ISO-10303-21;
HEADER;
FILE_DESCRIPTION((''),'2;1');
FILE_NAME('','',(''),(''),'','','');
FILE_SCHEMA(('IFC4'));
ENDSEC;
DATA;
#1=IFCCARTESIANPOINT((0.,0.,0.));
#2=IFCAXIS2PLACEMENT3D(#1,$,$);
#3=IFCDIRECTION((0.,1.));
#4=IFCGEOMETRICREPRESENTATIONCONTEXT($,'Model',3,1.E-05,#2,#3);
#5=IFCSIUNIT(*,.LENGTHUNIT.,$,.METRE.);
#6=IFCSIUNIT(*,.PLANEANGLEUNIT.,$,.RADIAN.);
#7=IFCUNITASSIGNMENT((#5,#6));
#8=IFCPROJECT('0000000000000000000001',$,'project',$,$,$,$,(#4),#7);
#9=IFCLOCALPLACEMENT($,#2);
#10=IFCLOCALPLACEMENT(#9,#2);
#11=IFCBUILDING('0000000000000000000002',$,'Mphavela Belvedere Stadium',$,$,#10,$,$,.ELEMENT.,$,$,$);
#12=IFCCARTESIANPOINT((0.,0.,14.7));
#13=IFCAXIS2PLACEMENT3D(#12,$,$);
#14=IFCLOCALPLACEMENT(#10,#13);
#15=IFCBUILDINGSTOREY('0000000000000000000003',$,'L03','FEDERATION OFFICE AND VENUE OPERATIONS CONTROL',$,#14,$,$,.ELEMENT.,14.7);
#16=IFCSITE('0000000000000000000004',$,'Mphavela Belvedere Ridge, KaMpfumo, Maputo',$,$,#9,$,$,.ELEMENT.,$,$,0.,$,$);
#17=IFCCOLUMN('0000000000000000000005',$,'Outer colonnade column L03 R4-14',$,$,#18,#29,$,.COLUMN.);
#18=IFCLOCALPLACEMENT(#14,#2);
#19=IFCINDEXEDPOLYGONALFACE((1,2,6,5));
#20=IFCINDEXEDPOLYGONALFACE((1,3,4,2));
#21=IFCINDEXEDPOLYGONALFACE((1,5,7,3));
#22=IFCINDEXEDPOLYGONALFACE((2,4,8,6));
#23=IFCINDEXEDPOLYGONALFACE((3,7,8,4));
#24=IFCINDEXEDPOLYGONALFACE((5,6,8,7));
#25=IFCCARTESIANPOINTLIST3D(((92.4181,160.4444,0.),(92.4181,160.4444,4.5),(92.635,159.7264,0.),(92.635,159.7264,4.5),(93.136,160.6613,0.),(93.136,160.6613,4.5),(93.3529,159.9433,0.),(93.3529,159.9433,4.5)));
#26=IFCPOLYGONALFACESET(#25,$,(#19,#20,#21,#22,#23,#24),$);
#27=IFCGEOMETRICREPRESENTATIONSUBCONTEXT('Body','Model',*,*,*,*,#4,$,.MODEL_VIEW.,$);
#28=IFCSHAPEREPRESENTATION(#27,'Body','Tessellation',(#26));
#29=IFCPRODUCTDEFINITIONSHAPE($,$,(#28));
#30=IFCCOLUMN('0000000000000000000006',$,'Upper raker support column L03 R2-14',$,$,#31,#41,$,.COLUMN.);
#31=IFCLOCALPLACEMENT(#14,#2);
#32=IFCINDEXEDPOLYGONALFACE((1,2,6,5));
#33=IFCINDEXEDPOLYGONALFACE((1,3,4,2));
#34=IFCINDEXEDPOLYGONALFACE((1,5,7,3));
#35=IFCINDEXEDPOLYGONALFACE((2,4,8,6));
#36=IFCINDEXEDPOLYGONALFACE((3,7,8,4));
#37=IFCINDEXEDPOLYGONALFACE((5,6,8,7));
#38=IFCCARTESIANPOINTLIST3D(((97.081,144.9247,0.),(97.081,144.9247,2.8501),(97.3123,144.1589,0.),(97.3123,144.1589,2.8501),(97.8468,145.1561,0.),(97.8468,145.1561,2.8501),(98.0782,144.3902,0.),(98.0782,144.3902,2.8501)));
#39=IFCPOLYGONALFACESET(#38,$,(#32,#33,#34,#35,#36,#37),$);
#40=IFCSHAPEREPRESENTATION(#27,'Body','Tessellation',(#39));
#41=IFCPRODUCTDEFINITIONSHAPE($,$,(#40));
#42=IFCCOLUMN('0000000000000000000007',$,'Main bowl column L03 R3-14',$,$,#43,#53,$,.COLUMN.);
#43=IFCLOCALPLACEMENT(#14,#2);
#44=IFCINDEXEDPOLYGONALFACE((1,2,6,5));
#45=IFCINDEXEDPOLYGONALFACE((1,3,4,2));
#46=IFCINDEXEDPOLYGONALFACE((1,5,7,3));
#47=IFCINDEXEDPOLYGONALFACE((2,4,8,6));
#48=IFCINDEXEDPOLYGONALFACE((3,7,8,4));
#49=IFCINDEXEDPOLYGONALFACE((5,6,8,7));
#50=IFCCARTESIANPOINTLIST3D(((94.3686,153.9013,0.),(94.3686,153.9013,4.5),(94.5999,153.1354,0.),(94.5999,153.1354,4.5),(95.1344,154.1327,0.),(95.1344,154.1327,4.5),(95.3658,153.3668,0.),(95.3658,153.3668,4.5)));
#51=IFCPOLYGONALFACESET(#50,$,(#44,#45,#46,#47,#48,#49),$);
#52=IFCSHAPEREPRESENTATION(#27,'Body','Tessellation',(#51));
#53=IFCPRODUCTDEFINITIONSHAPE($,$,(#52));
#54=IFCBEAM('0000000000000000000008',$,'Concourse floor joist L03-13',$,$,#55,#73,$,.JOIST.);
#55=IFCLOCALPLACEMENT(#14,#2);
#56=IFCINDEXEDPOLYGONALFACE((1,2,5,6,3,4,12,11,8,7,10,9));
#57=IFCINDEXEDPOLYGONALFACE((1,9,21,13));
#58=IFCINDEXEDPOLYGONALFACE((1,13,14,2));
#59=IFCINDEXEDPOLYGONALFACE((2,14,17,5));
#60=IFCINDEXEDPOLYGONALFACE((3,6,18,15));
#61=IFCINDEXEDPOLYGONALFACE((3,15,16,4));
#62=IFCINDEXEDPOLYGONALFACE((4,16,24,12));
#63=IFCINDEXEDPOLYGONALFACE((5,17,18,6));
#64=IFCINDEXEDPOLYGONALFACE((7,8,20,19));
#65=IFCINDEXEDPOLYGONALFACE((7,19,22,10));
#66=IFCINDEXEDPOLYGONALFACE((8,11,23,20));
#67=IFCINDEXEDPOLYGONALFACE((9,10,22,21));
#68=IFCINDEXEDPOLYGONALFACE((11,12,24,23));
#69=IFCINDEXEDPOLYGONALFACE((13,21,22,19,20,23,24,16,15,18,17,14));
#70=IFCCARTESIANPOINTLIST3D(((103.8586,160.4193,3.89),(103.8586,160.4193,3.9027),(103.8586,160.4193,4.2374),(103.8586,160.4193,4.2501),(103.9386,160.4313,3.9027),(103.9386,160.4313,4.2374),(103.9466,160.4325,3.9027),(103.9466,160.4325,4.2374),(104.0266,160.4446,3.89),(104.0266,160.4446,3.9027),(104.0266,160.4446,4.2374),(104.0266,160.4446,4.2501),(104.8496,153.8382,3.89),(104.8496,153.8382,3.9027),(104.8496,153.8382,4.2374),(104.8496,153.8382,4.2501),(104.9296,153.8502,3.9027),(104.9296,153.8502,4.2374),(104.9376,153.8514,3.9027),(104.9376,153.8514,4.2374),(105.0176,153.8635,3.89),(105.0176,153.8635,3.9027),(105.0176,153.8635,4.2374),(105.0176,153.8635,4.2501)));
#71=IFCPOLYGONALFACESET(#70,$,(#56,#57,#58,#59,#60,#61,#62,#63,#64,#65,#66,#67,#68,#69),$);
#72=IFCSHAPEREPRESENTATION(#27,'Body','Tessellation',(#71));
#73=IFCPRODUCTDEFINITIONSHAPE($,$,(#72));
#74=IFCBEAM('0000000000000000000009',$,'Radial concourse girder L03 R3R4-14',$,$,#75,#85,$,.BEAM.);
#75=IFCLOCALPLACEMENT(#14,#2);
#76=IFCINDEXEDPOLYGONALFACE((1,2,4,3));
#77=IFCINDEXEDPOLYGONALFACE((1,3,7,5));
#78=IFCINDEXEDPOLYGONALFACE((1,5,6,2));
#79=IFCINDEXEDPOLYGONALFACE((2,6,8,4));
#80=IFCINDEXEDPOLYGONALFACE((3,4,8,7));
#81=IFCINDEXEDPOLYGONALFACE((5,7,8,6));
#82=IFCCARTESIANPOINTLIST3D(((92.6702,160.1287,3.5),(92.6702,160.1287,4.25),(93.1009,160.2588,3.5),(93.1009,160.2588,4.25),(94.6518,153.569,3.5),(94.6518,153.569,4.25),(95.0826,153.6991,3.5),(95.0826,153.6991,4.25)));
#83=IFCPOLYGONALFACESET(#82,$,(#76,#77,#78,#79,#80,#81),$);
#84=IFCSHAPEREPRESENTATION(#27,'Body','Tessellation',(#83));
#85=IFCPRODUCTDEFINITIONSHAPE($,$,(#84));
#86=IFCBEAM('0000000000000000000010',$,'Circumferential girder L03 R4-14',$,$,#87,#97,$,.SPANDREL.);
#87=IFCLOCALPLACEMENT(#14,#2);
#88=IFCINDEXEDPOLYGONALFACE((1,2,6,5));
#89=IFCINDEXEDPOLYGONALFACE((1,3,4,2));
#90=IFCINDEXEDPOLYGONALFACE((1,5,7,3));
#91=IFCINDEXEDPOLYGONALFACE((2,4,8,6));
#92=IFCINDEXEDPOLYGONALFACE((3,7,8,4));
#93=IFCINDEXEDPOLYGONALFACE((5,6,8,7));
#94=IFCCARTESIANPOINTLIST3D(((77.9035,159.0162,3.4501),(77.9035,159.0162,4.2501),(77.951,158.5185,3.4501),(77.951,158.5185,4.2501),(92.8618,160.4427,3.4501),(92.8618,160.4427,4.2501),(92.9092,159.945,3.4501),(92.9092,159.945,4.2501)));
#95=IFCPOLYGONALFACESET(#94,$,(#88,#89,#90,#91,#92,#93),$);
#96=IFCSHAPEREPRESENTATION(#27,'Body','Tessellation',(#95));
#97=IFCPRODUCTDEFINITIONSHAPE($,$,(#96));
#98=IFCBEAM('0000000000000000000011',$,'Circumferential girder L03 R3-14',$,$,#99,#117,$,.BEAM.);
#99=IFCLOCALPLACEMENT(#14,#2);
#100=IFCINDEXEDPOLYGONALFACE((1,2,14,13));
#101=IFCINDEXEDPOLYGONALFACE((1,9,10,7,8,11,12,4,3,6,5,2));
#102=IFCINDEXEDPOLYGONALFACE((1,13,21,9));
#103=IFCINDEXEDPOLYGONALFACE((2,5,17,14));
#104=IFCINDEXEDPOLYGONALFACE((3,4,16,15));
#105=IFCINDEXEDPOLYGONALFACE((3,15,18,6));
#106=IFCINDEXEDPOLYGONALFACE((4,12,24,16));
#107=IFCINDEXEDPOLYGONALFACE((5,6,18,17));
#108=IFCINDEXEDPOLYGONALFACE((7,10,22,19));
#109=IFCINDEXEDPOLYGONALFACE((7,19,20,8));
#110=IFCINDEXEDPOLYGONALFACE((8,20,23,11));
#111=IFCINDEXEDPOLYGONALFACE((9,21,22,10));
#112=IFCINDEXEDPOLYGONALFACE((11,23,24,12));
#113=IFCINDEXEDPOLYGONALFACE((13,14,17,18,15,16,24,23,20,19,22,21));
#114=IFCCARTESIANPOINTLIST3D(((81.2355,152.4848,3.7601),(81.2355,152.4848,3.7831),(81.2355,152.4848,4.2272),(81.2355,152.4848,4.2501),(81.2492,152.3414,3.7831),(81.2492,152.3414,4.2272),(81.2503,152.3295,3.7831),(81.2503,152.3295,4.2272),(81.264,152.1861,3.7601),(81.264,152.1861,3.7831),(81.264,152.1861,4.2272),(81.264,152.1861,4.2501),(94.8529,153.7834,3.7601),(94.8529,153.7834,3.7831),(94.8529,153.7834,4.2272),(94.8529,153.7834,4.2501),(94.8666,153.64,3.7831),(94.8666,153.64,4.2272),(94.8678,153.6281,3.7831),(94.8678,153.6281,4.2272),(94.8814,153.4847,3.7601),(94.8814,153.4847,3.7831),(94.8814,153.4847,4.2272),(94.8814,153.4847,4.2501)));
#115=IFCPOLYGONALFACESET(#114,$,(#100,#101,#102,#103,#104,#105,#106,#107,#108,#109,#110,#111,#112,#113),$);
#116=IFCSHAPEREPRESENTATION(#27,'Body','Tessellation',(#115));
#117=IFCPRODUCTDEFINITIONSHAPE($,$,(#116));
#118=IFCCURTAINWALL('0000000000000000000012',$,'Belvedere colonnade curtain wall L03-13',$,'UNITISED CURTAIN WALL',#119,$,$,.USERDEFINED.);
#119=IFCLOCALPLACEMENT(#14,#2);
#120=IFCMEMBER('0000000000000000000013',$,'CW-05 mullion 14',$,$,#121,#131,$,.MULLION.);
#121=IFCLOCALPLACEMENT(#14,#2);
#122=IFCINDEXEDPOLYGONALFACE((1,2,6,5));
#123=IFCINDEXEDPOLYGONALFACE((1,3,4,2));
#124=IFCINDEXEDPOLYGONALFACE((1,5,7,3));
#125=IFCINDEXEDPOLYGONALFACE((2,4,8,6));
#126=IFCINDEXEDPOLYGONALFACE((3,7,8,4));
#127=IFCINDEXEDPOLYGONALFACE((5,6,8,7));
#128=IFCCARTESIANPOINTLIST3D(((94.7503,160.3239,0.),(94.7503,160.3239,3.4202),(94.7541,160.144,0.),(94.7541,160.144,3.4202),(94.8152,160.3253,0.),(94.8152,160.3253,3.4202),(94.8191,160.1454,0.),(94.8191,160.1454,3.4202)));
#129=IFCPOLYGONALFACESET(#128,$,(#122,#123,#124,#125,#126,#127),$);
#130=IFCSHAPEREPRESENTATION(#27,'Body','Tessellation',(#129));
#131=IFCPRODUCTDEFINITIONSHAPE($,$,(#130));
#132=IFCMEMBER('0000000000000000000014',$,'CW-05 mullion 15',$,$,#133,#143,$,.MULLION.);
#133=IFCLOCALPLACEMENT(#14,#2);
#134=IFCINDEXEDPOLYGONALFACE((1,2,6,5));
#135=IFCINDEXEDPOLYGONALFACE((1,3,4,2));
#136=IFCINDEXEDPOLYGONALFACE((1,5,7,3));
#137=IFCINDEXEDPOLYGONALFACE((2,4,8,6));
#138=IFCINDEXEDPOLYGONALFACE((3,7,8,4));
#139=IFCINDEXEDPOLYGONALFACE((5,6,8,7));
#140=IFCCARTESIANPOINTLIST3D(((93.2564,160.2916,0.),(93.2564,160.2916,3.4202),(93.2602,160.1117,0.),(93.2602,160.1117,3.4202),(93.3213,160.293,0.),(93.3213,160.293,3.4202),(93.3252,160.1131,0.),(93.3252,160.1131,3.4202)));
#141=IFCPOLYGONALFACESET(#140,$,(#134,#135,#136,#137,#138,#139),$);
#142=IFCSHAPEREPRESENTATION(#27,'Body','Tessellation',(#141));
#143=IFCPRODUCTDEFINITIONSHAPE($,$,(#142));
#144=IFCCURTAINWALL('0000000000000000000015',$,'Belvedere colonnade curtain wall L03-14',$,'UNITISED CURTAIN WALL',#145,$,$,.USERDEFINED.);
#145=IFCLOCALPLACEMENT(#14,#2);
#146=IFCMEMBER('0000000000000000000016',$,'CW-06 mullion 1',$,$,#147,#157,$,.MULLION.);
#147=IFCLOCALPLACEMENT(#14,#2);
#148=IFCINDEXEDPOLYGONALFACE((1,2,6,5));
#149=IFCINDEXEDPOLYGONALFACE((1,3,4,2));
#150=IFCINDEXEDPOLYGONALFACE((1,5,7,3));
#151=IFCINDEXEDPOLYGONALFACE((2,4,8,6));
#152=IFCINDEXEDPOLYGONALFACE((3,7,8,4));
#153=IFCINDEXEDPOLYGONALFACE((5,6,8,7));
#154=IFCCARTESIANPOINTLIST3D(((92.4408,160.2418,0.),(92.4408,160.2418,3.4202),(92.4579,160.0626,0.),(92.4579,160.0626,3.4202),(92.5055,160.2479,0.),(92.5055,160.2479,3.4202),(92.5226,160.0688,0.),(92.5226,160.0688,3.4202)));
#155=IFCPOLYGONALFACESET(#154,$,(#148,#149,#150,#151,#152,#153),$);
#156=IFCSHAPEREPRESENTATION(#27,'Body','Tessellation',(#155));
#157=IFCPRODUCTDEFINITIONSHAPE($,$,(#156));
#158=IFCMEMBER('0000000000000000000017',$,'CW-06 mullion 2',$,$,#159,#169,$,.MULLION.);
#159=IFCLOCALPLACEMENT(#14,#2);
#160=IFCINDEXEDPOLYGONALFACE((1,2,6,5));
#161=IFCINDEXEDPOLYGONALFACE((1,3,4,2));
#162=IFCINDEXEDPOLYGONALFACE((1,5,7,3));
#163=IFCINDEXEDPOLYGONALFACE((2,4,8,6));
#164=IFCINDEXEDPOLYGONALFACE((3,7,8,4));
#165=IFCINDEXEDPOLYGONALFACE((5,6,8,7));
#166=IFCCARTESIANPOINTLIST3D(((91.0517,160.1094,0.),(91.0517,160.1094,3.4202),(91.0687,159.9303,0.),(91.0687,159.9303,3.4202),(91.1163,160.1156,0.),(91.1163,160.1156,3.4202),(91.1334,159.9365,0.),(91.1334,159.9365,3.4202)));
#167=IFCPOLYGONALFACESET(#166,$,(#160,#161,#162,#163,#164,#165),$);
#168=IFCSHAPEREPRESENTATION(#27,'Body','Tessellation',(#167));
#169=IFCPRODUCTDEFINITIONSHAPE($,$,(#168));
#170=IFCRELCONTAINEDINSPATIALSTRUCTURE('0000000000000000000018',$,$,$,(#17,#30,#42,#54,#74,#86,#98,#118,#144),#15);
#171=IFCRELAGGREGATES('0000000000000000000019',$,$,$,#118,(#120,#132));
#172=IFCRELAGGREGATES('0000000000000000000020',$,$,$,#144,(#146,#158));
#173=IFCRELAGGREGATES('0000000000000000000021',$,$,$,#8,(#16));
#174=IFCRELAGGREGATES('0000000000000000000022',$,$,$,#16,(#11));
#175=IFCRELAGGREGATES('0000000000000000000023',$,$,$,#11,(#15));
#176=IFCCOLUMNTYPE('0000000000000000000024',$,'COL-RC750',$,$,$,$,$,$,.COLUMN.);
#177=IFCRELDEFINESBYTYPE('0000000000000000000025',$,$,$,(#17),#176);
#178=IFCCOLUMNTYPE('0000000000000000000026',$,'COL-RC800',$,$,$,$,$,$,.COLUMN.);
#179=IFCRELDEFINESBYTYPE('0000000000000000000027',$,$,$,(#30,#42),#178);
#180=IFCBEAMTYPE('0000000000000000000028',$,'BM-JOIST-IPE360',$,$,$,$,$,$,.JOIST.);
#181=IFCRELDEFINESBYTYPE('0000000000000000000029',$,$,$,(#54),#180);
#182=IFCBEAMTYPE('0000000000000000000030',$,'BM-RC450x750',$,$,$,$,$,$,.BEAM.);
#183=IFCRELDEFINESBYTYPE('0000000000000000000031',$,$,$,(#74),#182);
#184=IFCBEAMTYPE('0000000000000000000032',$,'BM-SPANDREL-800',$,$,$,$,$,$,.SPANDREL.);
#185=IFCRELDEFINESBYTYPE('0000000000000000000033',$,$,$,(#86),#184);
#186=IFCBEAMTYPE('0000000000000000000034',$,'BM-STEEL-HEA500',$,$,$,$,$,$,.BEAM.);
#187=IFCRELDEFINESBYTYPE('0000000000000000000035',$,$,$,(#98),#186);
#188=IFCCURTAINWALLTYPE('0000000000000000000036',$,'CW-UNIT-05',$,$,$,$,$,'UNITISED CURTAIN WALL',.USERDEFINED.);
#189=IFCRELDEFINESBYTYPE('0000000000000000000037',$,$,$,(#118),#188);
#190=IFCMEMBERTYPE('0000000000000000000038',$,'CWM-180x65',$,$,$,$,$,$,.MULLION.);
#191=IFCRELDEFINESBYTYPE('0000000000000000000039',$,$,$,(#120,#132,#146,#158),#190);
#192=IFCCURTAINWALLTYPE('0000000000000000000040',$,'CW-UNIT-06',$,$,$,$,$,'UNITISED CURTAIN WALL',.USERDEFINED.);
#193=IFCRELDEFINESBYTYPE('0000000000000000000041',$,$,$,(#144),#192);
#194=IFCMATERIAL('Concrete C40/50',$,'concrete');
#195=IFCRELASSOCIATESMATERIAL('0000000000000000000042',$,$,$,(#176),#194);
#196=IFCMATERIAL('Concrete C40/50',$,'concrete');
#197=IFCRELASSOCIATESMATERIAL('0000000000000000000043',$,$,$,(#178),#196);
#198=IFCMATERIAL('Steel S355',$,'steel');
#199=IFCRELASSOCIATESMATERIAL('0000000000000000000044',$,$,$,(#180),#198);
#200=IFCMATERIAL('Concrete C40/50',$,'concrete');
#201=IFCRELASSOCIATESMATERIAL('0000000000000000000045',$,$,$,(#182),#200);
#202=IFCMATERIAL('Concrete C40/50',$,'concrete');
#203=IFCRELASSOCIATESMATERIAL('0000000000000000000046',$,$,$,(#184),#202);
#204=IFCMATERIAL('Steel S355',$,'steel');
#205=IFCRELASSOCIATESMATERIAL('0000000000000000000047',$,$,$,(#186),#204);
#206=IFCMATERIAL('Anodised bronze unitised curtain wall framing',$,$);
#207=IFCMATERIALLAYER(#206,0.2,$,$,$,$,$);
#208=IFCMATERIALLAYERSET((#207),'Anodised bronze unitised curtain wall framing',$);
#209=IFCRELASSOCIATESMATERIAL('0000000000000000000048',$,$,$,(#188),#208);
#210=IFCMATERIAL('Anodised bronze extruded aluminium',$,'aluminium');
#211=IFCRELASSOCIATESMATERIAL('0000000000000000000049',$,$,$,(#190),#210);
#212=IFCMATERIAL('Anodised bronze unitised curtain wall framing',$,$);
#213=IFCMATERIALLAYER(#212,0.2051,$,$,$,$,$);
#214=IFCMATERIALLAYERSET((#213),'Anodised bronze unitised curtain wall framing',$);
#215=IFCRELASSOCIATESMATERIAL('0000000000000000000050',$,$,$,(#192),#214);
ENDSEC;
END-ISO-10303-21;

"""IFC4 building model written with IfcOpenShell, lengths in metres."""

from ifc_helpers import new_model, si_unit, direction, frame, origin, origin_2d, place, context, subcontext, project, spatial, rectangle, i_section, extrude, material, layer, layer_set, material_profile, profile_set, type_object, element, aggregate, save


model = new_model("IFC4")

# Units and contexts
model_context = context("Model", 3, precision=1e-05, world=origin(), true_north=direction((0.0, 1.0)))
body_context = subcontext(model_context, "Body", "Model", "MODEL_VIEW")
ifc_project = project(units=[si_unit("LENGTHUNIT", "METRE"), si_unit("PLANEANGLEUNIT", "RADIAN")], contexts=[model_context])

# Site, building, storey
site_placement = place(None, origin())
site = spatial("IfcSite", under=ifc_project, at=site_placement, Name="Mphavela Belvedere Ridge, KaMpfumo, Maputo", CompositionType="ELEMENT", RefElevation=0.0)
building_placement = place(site_placement, origin())
building = spatial("IfcBuilding", under=site, at=building_placement, Name="Mphavela Belvedere Stadium", CompositionType="ELEMENT")
storey_placement = place(building_placement, frame((0.0, 0.0, 14.7)))
storey = spatial("IfcBuildingStorey", under=building, at=storey_placement, Name="L03", Description="FEDERATION OFFICE AND VENUE OPERATIONS CONTROL", CompositionType="ELEMENT", Elevation=14.7)

# Columns
ifc_material_1 = material(Name="Concrete C40/50", Category="concrete")
ifc_material_profile_1 = material_profile(ifc_material_1, rectangle(XDim=0.75, YDim=0.75, at=origin_2d()), Name="RC 750x750")
ifc_profile_set_1 = profile_set([ifc_material_profile_1], Name="Concrete C40/50")
column_type_1 = type_object("IfcColumnType", Name="COL-RC750", PredefinedType="COLUMN", material=ifc_profile_set_1)
column_1_placement = place(storey_placement, frame((92.8855, 160.1938, 0.0), z_axis=(0.0, 0.0, 1.0), x_axis=(-0.289199, 0.957269, 0.0)))
element("IfcColumn", 1, at=column_1_placement, inside=storey, type_object=column_type_1, Name="Outer colonnade column L03 R4-14", PredefinedType="COLUMN", context=body_context, shape_type="SweptSolid", body=[
    extrude(rectangle(XDim=0.75, YDim=0.75, at=origin_2d()), origin(), (0.0, 0.0, 1.0), 4.5),
])
ifc_material_2 = material(Name="Concrete C40/50", Category="concrete")
ifc_material_profile_2 = material_profile(ifc_material_2, rectangle(XDim=0.8, YDim=0.8, at=origin_2d()), Name="RC 800x800")
ifc_profile_set_2 = profile_set([ifc_material_profile_2], Name="Concrete C40/50")
column_type_2 = type_object("IfcColumnType", Name="COL-RC800", PredefinedType="COLUMN", material=ifc_profile_set_2)
column_2_placement = place(storey_placement, frame((97.5796, 144.6575, 0.0), z_axis=(0.0, 0.0, 1.0), x_axis=(-0.289199, 0.957269, 0.0)))
element("IfcColumn", 2, at=column_2_placement, inside=storey, type_object=column_type_2, Name="Upper raker support column L03 R2-14", PredefinedType="COLUMN", context=body_context, shape_type="SweptSolid", body=[
    extrude(rectangle(XDim=0.8, YDim=0.8, at=origin_2d()), origin(), (0.0, 0.0, 1.0), 2.8501),
])
column_3_placement = place(storey_placement, frame((94.8672, 153.634, 0.0), z_axis=(0.0, 0.0, 1.0), x_axis=(-0.289199, 0.957269, 0.0)))
element("IfcColumn", 3, at=column_3_placement, inside=storey, type_object=column_type_2, Name="Main bowl column L03 R3-14", PredefinedType="COLUMN", context=body_context, shape_type="SweptSolid", body=[
    extrude(rectangle(XDim=0.8, YDim=0.8, at=origin_2d()), origin(), (0.0, 0.0, 1.0), 4.5),
])

# Beams
ifc_material_3 = material(Name="Steel S355", Category="steel")
ifc_material_profile_3 = material_profile(ifc_material_3, i_section(OverallWidth=0.1699, OverallDepth=0.3601, WebThickness=0.0081, FlangeThickness=0.0127, at=origin_2d()), Name="IPE 360")
ifc_profile_set_3 = profile_set([ifc_material_profile_3], Name="Steel S355")
beam_type_1 = type_object("IfcBeamType", Name="BM-JOIST-IPE360", PredefinedType="JOIST", material=ifc_profile_set_3)
beam_1_placement = place(storey_placement, frame((104.9336, 153.8508, 4.0701), z_axis=(-0.1489, 0.988852, 0.0), x_axis=(-0.988852, -0.1489, 0.0)))
element("IfcBeam", 4, at=beam_1_placement, inside=storey, type_object=beam_type_1, Name="Concourse floor joist L03-13", PredefinedType="JOIST", context=body_context, shape_type="SweptSolid", body=[
    extrude(i_section(OverallWidth=0.1699, OverallDepth=0.3601, WebThickness=0.0081, FlangeThickness=0.0127, at=origin_2d()), origin(), (0.0, 0.0, 1.0), 6.6553),
])
ifc_material_4 = material(Name="Concrete C40/50", Category="concrete")
ifc_material_profile_4 = material_profile(ifc_material_4, rectangle(XDim=0.45, YDim=0.75, at=origin_2d()), Name="RC 450x750")
ifc_profile_set_4 = profile_set([ifc_material_profile_4], Name="Concrete C40/50")
beam_type_2 = type_object("IfcBeamType", Name="BM-RC450x750", PredefinedType="BEAM", material=ifc_profile_set_4)
beam_2_placement = place(storey_placement, frame((94.8672, 153.634, 3.875), z_axis=(-0.289188, 0.957272, 0.0), x_axis=(-0.957272, -0.289188, 0.0)))
element("IfcBeam", 5, at=beam_2_placement, inside=storey, type_object=beam_type_2, Name="Radial concourse girder L03 R3R4-14", PredefinedType="BEAM", context=body_context, shape_type="SweptSolid", body=[
    extrude(rectangle(XDim=0.45, YDim=0.75, at=origin_2d()), origin(), (0.0, 0.0, 1.0), 6.8525),
])
ifc_material_5 = material(Name="Concrete C40/50", Category="concrete")
ifc_material_profile_5 = material_profile(ifc_material_5, rectangle(XDim=0.5, YDim=0.8, at=origin_2d()), Name="RC 500x800")
ifc_profile_set_5 = profile_set([ifc_material_profile_5], Name="Concrete C40/50")
beam_type_3 = type_object("IfcBeamType", Name="BM-SPANDREL-800", PredefinedType="SPANDREL", material=ifc_profile_set_5)
beam_3_placement = place(storey_placement, frame((92.8855, 160.1938, 3.8501), z_axis=(-0.995483, -0.094936, 0.0), x_axis=(0.094936, -0.995483, 0.0)))
element("IfcBeam", 6, at=beam_3_placement, inside=storey, type_object=beam_type_3, Name="Circumferential girder L03 R4-14", PredefinedType="SPANDREL", context=body_context, shape_type="SweptSolid", body=[
    extrude(rectangle(XDim=0.5, YDim=0.8, at=origin_2d()), origin(), (0.0, 0.0, 1.0), 15.0261),
])
ifc_material_6 = material(Name="Steel S355", Category="steel")
ifc_material_profile_6 = material_profile(ifc_material_6, i_section(OverallWidth=0.3, OverallDepth=0.49, WebThickness=0.012, FlangeThickness=0.0229, at=origin_2d()), Name="HEA 500")
ifc_profile_set_6 = profile_set([ifc_material_profile_6], Name="Steel S355")
beam_type_4 = type_object("IfcBeamType", Name="BM-STEEL-HEA500", PredefinedType="BEAM", material=ifc_profile_set_6)
beam_4_placement = place(storey_placement, frame((94.8672, 153.634, 4.0051), z_axis=(-0.995484, -0.094931, 0.0), x_axis=(0.094931, -0.995484, 0.0)))
element("IfcBeam", 7, at=beam_4_placement, inside=storey, type_object=beam_type_4, Name="Circumferential girder L03 R3-14", PredefinedType="BEAM", context=body_context, shape_type="SweptSolid", body=[
    extrude(i_section(OverallWidth=0.3, OverallDepth=0.49, WebThickness=0.012, FlangeThickness=0.0229, at=origin_2d()), origin(), (0.0, 0.0, 1.0), 13.6792),
])

# Curtain walls, members
ifc_material_7 = material(Name="Anodised bronze unitised curtain wall framing")
ifc_layer_1 = layer(ifc_material_7, 0.2)
ifc_layer_set_1 = layer_set([ifc_layer_1], Name="Anodised bronze unitised curtain wall framing")
curtain_wall_type_1 = type_object("IfcCurtainWallType", Name="CW-UNIT-05", ElementType="UNITISED CURTAIN WALL", PredefinedType="USERDEFINED", material=ifc_layer_set_1)
curtain_wall_1_placement = place(storey_placement, origin())
curtain_wall_1 = element("IfcCurtainWall", 8, at=curtain_wall_1_placement, inside=storey, type_object=curtain_wall_type_1, Name="Belvedere colonnade curtain wall L03-13", ObjectType="UNITISED CURTAIN WALL", PredefinedType="USERDEFINED")
ifc_material_8 = material(Name="Anodised bronze extruded aluminium", Category="aluminium")
ifc_material_profile_7 = material_profile(ifc_material_8, rectangle(XDim=0.1799, YDim=0.0649, at=origin_2d()), Name="CW-MUL 180x65")
ifc_profile_set_7 = profile_set([ifc_material_profile_7], Name="Anodised bronze extruded aluminium")
member_type_1 = type_object("IfcMemberType", Name="CWM-180x65", PredefinedType="MULLION", material=ifc_profile_set_7)
member_1_placement = place(storey_placement, frame((94.7847, 160.2346, 0.0), z_axis=(0.0, 0.0, 1.0), x_axis=(0.021531, -0.999768, 0.0)))
member_1 = element("IfcMember", 9, at=member_1_placement, type_object=member_type_1, Name="CW-05 mullion 14", PredefinedType="MULLION", context=body_context, shape_type="SweptSolid", body=[
    extrude(rectangle(XDim=0.1799, YDim=0.0649, at=origin_2d()), origin(), (0.0, 0.0, 1.0), 3.4202),
])
member_2_placement = place(storey_placement, frame((93.2908, 160.2024, 0.0), z_axis=(0.0, 0.0, 1.0), x_axis=(0.021531, -0.999768, 0.0)))
member_2 = element("IfcMember", 10, at=member_2_placement, type_object=member_type_1, Name="CW-05 mullion 15", PredefinedType="MULLION", context=body_context, shape_type="SweptSolid", body=[
    extrude(rectangle(XDim=0.1799, YDim=0.0649, at=origin_2d()), origin(), (0.0, 0.0, 1.0), 3.4202),
])
ifc_material_9 = material(Name="Anodised bronze unitised curtain wall framing")
ifc_layer_2 = layer(ifc_material_9, 0.2051)
ifc_layer_set_2 = layer_set([ifc_layer_2], Name="Anodised bronze unitised curtain wall framing")
curtain_wall_type_2 = type_object("IfcCurtainWallType", Name="CW-UNIT-06", ElementType="UNITISED CURTAIN WALL", PredefinedType="USERDEFINED", material=ifc_layer_set_2)
curtain_wall_2_placement = place(storey_placement, origin())
curtain_wall_2 = element("IfcCurtainWall", 11, at=curtain_wall_2_placement, inside=storey, type_object=curtain_wall_type_2, Name="Belvedere colonnade curtain wall L03-14", ObjectType="UNITISED CURTAIN WALL", PredefinedType="USERDEFINED")
member_3_placement = place(storey_placement, frame((92.4817, 160.1553, 0.0), z_axis=(0.0, 0.0, 1.0), x_axis=(0.094929, -0.995484, 0.0)))
member_3 = element("IfcMember", 12, at=member_3_placement, type_object=member_type_1, Name="CW-06 mullion 1", PredefinedType="MULLION", context=body_context, shape_type="SweptSolid", body=[
    extrude(rectangle(XDim=0.1799, YDim=0.0649, at=origin_2d()), origin(), (0.0, 0.0, 1.0), 3.4202),
])
member_4_placement = place(storey_placement, frame((91.0925, 160.0229, 0.0), z_axis=(0.0, 0.0, 1.0), x_axis=(0.094929, -0.995484, 0.0)))
member_4 = element("IfcMember", 13, at=member_4_placement, type_object=member_type_1, Name="CW-06 mullion 2", PredefinedType="MULLION", context=body_context, shape_type="SweptSolid", body=[
    extrude(rectangle(XDim=0.1799, YDim=0.0649, at=origin_2d()), origin(), (0.0, 0.0, 1.0), 3.4202),
])

aggregate(curtain_wall_1, [member_1, member_2])
aggregate(curtain_wall_2, [member_3, member_4])

save(model, "model.ifc")
